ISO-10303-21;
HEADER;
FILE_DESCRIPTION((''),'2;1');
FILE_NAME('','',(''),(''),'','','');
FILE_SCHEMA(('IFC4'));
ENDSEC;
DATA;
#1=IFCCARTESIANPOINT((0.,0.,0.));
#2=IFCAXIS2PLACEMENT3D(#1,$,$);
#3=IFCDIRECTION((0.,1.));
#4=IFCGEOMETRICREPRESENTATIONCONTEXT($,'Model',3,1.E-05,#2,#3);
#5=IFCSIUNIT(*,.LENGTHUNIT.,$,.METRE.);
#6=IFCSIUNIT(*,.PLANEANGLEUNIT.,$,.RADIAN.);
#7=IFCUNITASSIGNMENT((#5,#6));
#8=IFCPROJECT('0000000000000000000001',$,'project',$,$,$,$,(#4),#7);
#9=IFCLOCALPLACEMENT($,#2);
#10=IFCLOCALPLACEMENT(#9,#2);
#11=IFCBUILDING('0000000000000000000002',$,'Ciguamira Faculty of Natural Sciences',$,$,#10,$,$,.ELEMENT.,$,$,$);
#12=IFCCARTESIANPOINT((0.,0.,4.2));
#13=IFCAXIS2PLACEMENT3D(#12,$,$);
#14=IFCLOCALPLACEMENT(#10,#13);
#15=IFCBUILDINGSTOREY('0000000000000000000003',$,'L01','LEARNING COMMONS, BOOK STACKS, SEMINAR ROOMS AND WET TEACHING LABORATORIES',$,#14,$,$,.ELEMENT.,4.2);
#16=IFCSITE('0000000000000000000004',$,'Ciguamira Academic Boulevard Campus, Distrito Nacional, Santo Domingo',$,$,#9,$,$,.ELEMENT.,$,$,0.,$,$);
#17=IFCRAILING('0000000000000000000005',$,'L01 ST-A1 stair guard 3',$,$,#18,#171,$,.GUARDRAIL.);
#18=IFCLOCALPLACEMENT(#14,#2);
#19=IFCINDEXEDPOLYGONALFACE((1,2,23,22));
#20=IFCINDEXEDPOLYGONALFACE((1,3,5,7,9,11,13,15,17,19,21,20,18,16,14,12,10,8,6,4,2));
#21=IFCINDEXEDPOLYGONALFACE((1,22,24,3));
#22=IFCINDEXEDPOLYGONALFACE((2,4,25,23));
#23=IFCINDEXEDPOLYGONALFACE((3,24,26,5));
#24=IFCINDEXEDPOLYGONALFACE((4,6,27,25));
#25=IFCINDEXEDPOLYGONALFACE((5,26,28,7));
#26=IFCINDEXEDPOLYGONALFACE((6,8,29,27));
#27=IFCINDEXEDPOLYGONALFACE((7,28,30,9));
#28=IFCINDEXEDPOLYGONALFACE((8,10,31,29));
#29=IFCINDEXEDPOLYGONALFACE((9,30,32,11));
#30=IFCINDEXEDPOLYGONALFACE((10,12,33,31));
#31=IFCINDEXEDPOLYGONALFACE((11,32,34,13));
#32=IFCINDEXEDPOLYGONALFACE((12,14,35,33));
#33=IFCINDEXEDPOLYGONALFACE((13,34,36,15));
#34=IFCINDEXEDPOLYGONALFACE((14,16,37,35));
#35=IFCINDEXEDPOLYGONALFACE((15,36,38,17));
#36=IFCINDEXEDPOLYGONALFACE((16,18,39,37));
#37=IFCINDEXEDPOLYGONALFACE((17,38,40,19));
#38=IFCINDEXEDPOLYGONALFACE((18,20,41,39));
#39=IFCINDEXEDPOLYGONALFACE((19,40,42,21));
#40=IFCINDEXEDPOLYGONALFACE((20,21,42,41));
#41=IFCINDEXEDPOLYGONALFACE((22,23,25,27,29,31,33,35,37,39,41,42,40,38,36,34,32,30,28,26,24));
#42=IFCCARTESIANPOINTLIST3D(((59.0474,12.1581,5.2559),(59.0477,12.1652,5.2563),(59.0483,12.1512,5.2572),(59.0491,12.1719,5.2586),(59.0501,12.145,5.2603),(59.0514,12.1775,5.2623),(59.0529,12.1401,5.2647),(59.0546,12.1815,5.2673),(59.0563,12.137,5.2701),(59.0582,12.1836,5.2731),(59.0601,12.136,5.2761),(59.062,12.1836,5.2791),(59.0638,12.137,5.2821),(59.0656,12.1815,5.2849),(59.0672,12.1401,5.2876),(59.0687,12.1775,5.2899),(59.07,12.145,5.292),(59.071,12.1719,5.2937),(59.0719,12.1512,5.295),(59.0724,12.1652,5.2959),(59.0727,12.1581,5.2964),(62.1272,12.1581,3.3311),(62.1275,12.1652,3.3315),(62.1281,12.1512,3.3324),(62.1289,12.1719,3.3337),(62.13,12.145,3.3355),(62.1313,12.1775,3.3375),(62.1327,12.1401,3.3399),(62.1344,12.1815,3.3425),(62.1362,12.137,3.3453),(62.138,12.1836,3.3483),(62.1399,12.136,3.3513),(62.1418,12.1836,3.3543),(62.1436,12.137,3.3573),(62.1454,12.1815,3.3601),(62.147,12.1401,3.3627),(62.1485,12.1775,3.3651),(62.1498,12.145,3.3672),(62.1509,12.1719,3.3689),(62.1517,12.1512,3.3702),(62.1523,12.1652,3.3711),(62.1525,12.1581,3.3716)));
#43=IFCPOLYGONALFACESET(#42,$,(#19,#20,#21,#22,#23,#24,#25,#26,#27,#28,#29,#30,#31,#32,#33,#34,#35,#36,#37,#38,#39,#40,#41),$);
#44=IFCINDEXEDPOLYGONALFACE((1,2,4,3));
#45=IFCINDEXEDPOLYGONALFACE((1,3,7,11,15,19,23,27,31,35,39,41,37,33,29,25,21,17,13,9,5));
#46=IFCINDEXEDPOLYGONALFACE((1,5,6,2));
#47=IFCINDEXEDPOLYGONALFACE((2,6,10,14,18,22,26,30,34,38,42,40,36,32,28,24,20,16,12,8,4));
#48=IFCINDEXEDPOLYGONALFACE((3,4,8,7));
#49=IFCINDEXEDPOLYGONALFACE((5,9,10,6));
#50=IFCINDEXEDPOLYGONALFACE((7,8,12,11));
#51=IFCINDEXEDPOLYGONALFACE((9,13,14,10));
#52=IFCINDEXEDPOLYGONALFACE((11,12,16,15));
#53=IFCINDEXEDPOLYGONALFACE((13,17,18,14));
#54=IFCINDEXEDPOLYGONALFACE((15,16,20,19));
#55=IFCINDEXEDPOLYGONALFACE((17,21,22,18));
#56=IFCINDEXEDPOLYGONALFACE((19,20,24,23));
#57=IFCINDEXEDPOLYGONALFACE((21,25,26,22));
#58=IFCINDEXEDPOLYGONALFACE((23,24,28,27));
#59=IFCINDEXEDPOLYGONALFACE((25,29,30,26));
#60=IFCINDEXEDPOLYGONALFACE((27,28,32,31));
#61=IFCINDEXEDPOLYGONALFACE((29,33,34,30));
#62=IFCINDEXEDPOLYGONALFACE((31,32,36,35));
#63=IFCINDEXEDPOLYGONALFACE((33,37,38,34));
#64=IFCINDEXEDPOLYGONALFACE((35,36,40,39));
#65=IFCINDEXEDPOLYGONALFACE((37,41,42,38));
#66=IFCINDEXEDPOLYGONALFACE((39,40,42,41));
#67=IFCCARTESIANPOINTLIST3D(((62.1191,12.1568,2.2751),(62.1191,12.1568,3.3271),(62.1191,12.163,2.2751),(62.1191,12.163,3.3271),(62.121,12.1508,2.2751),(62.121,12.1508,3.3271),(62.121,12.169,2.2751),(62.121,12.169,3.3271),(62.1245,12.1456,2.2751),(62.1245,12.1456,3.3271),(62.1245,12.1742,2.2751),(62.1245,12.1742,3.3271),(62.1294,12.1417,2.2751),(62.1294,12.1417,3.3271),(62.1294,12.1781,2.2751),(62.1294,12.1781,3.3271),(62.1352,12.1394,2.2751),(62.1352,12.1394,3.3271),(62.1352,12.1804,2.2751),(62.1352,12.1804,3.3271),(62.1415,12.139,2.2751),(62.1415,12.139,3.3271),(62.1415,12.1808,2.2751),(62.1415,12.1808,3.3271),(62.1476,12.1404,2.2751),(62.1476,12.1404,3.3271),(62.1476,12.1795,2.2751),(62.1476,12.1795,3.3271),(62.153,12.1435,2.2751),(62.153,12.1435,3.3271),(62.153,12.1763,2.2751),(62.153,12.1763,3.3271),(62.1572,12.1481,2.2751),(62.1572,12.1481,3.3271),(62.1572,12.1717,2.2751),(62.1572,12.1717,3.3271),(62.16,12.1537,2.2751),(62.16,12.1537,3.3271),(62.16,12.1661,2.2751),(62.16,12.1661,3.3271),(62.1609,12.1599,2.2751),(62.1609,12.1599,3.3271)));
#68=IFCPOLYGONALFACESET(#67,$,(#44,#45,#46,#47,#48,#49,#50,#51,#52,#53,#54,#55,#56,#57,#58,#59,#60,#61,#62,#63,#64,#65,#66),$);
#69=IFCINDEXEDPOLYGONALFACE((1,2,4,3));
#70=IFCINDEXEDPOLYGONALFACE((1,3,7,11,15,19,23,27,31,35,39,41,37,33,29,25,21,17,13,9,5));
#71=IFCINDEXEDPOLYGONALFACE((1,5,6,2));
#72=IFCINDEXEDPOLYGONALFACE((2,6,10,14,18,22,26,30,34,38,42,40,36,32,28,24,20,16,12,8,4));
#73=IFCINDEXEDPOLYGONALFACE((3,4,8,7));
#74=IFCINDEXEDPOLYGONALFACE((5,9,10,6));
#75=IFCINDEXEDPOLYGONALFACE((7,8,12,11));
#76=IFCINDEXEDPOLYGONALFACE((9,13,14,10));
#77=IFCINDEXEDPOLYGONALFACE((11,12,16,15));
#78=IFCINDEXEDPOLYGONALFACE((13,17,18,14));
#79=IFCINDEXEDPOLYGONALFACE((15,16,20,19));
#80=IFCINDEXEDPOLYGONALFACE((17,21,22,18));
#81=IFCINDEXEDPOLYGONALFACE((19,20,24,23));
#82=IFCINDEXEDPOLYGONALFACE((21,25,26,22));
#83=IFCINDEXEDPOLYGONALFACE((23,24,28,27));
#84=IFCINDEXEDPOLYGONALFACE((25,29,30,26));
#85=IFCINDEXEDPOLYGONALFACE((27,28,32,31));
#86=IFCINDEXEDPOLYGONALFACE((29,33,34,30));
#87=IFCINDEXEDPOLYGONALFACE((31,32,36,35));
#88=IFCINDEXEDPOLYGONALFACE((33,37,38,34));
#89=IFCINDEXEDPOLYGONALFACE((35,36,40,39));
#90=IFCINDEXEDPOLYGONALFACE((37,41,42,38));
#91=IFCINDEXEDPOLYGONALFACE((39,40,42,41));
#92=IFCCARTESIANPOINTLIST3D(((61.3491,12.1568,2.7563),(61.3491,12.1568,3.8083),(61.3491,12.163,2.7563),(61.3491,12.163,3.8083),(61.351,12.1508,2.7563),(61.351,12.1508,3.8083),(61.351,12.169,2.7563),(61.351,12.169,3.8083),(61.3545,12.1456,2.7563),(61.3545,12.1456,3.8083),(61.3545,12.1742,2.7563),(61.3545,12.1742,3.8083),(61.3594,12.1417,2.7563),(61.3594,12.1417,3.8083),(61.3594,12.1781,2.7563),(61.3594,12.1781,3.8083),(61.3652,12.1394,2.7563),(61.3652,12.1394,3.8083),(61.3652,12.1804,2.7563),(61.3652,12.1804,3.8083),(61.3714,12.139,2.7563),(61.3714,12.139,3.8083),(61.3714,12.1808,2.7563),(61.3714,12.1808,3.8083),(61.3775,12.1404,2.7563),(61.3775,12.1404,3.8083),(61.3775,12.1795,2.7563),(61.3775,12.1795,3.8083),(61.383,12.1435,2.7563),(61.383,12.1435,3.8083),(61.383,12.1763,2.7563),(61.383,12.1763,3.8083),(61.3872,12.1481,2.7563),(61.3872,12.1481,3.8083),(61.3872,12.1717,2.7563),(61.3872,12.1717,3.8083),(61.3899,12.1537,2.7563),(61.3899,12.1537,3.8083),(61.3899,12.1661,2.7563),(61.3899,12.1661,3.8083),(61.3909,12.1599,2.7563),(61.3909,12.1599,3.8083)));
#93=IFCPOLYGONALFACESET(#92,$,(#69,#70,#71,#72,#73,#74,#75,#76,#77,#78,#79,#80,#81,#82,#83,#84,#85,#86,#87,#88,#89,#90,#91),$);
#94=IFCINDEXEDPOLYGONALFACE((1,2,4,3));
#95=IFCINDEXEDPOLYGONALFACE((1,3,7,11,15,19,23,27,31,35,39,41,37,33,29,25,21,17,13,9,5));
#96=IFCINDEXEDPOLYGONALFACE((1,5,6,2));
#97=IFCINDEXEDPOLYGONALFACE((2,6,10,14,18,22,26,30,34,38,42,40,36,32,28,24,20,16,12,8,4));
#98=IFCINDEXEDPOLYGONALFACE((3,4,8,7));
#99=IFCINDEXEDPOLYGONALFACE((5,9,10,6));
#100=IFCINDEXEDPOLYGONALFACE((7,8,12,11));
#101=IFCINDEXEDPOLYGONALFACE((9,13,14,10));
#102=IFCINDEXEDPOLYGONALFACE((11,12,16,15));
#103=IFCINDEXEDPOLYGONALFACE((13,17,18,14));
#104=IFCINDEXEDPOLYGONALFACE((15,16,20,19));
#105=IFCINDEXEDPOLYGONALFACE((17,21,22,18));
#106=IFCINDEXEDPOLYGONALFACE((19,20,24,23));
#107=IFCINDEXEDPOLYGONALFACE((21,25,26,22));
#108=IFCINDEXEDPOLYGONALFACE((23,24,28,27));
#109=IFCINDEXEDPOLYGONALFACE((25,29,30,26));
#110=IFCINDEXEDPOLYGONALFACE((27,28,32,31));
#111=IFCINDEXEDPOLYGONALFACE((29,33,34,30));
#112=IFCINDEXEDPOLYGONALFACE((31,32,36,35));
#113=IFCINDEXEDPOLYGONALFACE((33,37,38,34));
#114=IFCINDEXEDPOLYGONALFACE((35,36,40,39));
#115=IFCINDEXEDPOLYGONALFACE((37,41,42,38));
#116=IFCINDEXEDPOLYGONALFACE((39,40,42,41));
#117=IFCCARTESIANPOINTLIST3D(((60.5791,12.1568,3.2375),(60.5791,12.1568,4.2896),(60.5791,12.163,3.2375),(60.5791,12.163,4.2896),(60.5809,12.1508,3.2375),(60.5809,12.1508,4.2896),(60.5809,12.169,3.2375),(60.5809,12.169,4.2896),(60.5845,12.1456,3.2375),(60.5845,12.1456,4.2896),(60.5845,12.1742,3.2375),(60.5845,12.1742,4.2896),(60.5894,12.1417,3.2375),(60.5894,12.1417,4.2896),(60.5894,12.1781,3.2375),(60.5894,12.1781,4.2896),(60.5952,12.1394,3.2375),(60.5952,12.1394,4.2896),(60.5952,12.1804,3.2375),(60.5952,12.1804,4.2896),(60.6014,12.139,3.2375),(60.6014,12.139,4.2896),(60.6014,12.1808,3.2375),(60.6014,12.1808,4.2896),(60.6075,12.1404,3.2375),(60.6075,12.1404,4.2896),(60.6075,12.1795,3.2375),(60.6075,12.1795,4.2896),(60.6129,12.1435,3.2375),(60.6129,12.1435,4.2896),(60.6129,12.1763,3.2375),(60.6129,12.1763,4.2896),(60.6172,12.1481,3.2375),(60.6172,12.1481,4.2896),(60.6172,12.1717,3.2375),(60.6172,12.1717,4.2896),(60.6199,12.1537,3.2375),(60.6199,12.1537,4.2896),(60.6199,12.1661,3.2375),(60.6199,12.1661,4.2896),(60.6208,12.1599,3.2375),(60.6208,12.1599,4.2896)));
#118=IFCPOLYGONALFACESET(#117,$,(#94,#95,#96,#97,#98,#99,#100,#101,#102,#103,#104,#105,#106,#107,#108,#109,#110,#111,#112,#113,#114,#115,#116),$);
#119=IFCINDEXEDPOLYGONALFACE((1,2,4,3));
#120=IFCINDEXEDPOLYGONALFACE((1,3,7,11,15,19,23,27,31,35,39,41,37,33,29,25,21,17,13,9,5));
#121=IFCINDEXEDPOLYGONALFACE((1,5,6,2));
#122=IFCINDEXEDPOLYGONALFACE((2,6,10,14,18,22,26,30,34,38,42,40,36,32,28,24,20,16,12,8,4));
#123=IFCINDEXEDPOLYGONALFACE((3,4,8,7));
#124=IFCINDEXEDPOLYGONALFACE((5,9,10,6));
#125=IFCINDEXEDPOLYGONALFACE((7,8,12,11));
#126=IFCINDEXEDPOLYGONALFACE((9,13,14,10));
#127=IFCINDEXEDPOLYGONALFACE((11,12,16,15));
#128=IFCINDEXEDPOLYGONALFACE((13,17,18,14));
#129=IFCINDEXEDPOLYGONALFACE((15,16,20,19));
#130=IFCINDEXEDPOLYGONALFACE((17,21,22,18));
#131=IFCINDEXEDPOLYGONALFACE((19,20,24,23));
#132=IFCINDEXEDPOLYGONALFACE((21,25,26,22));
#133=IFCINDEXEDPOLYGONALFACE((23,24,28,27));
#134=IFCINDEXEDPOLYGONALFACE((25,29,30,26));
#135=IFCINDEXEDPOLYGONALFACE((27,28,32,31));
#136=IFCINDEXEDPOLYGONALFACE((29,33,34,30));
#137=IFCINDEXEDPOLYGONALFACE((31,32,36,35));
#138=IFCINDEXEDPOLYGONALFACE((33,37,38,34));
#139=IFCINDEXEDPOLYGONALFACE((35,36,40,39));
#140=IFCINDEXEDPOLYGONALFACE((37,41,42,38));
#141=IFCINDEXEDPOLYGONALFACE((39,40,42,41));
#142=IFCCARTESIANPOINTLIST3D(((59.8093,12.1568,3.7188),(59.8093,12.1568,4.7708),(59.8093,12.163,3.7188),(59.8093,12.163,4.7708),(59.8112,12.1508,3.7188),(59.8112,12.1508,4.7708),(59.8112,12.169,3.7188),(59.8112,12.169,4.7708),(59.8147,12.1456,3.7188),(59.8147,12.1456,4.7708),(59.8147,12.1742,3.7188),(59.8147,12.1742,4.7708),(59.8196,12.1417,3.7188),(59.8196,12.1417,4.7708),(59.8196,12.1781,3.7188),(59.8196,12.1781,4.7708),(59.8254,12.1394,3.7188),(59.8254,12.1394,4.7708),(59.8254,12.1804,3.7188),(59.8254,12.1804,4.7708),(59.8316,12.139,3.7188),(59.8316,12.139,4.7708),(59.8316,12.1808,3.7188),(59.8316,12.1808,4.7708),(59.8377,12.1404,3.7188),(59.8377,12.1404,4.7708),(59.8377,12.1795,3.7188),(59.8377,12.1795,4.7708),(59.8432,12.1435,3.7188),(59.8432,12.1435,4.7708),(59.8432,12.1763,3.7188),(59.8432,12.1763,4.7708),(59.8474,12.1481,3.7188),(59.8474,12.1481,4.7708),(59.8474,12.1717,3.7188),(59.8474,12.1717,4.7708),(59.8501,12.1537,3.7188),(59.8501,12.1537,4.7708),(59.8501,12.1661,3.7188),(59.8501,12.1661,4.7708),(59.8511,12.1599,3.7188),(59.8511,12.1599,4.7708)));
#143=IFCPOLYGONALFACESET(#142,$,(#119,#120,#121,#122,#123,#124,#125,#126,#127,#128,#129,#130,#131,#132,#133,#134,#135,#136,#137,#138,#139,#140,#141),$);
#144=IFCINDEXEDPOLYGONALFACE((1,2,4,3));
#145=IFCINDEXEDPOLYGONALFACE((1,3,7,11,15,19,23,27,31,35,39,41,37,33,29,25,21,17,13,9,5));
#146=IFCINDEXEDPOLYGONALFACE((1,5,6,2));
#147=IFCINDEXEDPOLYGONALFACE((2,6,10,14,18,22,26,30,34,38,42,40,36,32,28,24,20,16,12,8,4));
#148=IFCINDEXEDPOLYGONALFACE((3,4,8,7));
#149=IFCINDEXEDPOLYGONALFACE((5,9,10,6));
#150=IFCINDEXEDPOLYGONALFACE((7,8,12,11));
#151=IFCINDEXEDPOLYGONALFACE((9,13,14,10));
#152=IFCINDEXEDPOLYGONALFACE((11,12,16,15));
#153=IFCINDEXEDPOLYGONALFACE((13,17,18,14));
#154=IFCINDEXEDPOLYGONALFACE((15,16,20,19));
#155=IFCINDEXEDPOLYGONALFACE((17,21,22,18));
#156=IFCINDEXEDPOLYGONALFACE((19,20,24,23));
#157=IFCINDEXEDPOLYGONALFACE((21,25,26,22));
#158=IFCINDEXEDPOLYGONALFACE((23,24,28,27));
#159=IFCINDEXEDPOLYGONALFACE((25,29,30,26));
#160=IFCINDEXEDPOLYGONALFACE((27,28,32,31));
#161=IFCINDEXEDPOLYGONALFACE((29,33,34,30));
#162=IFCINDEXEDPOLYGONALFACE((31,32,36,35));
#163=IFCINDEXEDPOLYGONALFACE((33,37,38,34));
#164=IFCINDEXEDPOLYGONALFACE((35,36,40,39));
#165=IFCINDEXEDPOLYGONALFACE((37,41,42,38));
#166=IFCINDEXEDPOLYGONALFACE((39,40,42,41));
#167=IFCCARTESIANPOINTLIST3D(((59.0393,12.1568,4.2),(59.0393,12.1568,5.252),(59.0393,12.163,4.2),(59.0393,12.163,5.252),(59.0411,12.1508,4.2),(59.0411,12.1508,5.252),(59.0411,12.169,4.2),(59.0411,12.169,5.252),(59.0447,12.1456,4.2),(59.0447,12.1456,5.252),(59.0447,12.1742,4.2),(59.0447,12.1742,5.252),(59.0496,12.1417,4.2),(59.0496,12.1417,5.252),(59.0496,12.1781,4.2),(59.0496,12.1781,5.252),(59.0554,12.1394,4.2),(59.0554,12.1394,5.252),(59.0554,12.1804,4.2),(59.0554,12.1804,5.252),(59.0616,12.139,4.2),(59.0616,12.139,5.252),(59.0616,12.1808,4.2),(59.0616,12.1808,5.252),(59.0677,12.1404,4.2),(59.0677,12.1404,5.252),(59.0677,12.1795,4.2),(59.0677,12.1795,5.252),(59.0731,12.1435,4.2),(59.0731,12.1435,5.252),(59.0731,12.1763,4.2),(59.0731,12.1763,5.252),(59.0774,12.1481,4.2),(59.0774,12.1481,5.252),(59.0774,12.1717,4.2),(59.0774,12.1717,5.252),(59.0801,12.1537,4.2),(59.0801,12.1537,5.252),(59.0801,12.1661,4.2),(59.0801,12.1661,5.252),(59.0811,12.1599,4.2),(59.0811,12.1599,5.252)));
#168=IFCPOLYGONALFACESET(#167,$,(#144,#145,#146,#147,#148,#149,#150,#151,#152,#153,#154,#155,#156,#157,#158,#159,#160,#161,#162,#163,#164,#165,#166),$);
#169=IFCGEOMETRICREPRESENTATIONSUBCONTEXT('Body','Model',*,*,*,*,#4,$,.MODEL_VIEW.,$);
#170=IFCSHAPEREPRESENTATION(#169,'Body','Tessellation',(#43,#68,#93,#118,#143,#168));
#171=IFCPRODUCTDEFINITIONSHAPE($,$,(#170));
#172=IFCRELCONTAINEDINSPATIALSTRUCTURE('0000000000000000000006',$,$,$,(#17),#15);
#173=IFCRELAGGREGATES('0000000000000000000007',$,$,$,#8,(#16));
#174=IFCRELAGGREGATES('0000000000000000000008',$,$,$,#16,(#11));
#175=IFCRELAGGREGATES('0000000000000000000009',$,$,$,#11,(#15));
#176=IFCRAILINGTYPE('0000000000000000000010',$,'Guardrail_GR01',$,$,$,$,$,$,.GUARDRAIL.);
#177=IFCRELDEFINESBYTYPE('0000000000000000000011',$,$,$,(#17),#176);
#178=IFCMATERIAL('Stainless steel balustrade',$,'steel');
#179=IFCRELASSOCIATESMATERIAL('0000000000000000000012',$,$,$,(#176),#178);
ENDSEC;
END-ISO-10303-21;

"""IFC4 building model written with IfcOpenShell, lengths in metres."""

from ifc_helpers import new_model, si_unit, direction, frame, origin, origin_2d, place, context, subcontext, project, spatial, circle, extrude, material, type_object, element, save


model = new_model("IFC4")

# Units and contexts
model_context = context("Model", 3, precision=1e-05, world=origin(), true_north=direction((0.0, 1.0)))
body_context = subcontext(model_context, "Body", "Model", "MODEL_VIEW")
ifc_project = project(units=[si_unit("LENGTHUNIT", "METRE"), si_unit("PLANEANGLEUNIT", "RADIAN")], contexts=[model_context])

# Site, building, storey
site_placement = place(None, origin())
site = spatial("IfcSite", under=ifc_project, at=site_placement, Name="Ciguamira Academic Boulevard Campus, Distrito Nacional, Santo Domingo", CompositionType="ELEMENT", RefElevation=0.0)
building_placement = place(site_placement, origin())
building = spatial("IfcBuilding", under=site, at=building_placement, Name="Ciguamira Faculty of Natural Sciences", CompositionType="ELEMENT")
storey_placement = place(building_placement, frame((0.0, 0.0, 4.2)))
storey = spatial("IfcBuildingStorey", under=building, at=storey_placement, Name="L01", Description="LEARNING COMMONS, BOOK STACKS, SEMINAR ROOMS AND WET TEACHING LABORATORIES", CompositionType="ELEMENT", Elevation=4.2)

# Railing
ifc_material_1 = material(Name="Stainless steel balustrade", Category="steel")
railing_type_1 = type_object("IfcRailingType", Name="Guardrail_GR01", PredefinedType="GUARDRAIL", material=ifc_material_1)
railing_1_placement = place(storey_placement, frame((62.1399, 12.1599, 2.2751)))
element("IfcRailing", 1, at=railing_1_placement, inside=storey, type_object=railing_type_1, Name="L01 ST-A1 stair guard 3", PredefinedType="GUARDRAIL", context=body_context, shape_type="SweptSolid", body=[
    extrude(circle(Radius=0.0239, at=origin_2d()), frame((0.0, 0.0, 1.0762), z_axis=(-0.84801, 0.0, 0.529981), x_axis=(0.0, -1.0, 0.0)), (0.0, 0.0, 1.0), 3.6318),
    extrude(circle(Radius=0.021, at=origin_2d()), origin(), (0.0, 0.0, 1.0), 1.052),
    extrude(circle(Radius=0.021, at=origin_2d()), frame((-0.77, 0.0, 0.4812)), (0.0, 0.0, 1.0), 1.052),
    extrude(circle(Radius=0.021, at=origin_2d()), frame((-1.54, 0.0, 0.9624)), (0.0, 0.0, 1.0), 1.052),
    extrude(circle(Radius=0.021, at=origin_2d()), frame((-2.3098, 0.0, 1.4436)), (0.0, 0.0, 1.0), 1.052),
    extrude(circle(Radius=0.021, at=origin_2d()), frame((-3.0798, 0.0, 1.9248)), (0.0, 0.0, 1.0), 1.052),
])

save(model, "model.ifc")
